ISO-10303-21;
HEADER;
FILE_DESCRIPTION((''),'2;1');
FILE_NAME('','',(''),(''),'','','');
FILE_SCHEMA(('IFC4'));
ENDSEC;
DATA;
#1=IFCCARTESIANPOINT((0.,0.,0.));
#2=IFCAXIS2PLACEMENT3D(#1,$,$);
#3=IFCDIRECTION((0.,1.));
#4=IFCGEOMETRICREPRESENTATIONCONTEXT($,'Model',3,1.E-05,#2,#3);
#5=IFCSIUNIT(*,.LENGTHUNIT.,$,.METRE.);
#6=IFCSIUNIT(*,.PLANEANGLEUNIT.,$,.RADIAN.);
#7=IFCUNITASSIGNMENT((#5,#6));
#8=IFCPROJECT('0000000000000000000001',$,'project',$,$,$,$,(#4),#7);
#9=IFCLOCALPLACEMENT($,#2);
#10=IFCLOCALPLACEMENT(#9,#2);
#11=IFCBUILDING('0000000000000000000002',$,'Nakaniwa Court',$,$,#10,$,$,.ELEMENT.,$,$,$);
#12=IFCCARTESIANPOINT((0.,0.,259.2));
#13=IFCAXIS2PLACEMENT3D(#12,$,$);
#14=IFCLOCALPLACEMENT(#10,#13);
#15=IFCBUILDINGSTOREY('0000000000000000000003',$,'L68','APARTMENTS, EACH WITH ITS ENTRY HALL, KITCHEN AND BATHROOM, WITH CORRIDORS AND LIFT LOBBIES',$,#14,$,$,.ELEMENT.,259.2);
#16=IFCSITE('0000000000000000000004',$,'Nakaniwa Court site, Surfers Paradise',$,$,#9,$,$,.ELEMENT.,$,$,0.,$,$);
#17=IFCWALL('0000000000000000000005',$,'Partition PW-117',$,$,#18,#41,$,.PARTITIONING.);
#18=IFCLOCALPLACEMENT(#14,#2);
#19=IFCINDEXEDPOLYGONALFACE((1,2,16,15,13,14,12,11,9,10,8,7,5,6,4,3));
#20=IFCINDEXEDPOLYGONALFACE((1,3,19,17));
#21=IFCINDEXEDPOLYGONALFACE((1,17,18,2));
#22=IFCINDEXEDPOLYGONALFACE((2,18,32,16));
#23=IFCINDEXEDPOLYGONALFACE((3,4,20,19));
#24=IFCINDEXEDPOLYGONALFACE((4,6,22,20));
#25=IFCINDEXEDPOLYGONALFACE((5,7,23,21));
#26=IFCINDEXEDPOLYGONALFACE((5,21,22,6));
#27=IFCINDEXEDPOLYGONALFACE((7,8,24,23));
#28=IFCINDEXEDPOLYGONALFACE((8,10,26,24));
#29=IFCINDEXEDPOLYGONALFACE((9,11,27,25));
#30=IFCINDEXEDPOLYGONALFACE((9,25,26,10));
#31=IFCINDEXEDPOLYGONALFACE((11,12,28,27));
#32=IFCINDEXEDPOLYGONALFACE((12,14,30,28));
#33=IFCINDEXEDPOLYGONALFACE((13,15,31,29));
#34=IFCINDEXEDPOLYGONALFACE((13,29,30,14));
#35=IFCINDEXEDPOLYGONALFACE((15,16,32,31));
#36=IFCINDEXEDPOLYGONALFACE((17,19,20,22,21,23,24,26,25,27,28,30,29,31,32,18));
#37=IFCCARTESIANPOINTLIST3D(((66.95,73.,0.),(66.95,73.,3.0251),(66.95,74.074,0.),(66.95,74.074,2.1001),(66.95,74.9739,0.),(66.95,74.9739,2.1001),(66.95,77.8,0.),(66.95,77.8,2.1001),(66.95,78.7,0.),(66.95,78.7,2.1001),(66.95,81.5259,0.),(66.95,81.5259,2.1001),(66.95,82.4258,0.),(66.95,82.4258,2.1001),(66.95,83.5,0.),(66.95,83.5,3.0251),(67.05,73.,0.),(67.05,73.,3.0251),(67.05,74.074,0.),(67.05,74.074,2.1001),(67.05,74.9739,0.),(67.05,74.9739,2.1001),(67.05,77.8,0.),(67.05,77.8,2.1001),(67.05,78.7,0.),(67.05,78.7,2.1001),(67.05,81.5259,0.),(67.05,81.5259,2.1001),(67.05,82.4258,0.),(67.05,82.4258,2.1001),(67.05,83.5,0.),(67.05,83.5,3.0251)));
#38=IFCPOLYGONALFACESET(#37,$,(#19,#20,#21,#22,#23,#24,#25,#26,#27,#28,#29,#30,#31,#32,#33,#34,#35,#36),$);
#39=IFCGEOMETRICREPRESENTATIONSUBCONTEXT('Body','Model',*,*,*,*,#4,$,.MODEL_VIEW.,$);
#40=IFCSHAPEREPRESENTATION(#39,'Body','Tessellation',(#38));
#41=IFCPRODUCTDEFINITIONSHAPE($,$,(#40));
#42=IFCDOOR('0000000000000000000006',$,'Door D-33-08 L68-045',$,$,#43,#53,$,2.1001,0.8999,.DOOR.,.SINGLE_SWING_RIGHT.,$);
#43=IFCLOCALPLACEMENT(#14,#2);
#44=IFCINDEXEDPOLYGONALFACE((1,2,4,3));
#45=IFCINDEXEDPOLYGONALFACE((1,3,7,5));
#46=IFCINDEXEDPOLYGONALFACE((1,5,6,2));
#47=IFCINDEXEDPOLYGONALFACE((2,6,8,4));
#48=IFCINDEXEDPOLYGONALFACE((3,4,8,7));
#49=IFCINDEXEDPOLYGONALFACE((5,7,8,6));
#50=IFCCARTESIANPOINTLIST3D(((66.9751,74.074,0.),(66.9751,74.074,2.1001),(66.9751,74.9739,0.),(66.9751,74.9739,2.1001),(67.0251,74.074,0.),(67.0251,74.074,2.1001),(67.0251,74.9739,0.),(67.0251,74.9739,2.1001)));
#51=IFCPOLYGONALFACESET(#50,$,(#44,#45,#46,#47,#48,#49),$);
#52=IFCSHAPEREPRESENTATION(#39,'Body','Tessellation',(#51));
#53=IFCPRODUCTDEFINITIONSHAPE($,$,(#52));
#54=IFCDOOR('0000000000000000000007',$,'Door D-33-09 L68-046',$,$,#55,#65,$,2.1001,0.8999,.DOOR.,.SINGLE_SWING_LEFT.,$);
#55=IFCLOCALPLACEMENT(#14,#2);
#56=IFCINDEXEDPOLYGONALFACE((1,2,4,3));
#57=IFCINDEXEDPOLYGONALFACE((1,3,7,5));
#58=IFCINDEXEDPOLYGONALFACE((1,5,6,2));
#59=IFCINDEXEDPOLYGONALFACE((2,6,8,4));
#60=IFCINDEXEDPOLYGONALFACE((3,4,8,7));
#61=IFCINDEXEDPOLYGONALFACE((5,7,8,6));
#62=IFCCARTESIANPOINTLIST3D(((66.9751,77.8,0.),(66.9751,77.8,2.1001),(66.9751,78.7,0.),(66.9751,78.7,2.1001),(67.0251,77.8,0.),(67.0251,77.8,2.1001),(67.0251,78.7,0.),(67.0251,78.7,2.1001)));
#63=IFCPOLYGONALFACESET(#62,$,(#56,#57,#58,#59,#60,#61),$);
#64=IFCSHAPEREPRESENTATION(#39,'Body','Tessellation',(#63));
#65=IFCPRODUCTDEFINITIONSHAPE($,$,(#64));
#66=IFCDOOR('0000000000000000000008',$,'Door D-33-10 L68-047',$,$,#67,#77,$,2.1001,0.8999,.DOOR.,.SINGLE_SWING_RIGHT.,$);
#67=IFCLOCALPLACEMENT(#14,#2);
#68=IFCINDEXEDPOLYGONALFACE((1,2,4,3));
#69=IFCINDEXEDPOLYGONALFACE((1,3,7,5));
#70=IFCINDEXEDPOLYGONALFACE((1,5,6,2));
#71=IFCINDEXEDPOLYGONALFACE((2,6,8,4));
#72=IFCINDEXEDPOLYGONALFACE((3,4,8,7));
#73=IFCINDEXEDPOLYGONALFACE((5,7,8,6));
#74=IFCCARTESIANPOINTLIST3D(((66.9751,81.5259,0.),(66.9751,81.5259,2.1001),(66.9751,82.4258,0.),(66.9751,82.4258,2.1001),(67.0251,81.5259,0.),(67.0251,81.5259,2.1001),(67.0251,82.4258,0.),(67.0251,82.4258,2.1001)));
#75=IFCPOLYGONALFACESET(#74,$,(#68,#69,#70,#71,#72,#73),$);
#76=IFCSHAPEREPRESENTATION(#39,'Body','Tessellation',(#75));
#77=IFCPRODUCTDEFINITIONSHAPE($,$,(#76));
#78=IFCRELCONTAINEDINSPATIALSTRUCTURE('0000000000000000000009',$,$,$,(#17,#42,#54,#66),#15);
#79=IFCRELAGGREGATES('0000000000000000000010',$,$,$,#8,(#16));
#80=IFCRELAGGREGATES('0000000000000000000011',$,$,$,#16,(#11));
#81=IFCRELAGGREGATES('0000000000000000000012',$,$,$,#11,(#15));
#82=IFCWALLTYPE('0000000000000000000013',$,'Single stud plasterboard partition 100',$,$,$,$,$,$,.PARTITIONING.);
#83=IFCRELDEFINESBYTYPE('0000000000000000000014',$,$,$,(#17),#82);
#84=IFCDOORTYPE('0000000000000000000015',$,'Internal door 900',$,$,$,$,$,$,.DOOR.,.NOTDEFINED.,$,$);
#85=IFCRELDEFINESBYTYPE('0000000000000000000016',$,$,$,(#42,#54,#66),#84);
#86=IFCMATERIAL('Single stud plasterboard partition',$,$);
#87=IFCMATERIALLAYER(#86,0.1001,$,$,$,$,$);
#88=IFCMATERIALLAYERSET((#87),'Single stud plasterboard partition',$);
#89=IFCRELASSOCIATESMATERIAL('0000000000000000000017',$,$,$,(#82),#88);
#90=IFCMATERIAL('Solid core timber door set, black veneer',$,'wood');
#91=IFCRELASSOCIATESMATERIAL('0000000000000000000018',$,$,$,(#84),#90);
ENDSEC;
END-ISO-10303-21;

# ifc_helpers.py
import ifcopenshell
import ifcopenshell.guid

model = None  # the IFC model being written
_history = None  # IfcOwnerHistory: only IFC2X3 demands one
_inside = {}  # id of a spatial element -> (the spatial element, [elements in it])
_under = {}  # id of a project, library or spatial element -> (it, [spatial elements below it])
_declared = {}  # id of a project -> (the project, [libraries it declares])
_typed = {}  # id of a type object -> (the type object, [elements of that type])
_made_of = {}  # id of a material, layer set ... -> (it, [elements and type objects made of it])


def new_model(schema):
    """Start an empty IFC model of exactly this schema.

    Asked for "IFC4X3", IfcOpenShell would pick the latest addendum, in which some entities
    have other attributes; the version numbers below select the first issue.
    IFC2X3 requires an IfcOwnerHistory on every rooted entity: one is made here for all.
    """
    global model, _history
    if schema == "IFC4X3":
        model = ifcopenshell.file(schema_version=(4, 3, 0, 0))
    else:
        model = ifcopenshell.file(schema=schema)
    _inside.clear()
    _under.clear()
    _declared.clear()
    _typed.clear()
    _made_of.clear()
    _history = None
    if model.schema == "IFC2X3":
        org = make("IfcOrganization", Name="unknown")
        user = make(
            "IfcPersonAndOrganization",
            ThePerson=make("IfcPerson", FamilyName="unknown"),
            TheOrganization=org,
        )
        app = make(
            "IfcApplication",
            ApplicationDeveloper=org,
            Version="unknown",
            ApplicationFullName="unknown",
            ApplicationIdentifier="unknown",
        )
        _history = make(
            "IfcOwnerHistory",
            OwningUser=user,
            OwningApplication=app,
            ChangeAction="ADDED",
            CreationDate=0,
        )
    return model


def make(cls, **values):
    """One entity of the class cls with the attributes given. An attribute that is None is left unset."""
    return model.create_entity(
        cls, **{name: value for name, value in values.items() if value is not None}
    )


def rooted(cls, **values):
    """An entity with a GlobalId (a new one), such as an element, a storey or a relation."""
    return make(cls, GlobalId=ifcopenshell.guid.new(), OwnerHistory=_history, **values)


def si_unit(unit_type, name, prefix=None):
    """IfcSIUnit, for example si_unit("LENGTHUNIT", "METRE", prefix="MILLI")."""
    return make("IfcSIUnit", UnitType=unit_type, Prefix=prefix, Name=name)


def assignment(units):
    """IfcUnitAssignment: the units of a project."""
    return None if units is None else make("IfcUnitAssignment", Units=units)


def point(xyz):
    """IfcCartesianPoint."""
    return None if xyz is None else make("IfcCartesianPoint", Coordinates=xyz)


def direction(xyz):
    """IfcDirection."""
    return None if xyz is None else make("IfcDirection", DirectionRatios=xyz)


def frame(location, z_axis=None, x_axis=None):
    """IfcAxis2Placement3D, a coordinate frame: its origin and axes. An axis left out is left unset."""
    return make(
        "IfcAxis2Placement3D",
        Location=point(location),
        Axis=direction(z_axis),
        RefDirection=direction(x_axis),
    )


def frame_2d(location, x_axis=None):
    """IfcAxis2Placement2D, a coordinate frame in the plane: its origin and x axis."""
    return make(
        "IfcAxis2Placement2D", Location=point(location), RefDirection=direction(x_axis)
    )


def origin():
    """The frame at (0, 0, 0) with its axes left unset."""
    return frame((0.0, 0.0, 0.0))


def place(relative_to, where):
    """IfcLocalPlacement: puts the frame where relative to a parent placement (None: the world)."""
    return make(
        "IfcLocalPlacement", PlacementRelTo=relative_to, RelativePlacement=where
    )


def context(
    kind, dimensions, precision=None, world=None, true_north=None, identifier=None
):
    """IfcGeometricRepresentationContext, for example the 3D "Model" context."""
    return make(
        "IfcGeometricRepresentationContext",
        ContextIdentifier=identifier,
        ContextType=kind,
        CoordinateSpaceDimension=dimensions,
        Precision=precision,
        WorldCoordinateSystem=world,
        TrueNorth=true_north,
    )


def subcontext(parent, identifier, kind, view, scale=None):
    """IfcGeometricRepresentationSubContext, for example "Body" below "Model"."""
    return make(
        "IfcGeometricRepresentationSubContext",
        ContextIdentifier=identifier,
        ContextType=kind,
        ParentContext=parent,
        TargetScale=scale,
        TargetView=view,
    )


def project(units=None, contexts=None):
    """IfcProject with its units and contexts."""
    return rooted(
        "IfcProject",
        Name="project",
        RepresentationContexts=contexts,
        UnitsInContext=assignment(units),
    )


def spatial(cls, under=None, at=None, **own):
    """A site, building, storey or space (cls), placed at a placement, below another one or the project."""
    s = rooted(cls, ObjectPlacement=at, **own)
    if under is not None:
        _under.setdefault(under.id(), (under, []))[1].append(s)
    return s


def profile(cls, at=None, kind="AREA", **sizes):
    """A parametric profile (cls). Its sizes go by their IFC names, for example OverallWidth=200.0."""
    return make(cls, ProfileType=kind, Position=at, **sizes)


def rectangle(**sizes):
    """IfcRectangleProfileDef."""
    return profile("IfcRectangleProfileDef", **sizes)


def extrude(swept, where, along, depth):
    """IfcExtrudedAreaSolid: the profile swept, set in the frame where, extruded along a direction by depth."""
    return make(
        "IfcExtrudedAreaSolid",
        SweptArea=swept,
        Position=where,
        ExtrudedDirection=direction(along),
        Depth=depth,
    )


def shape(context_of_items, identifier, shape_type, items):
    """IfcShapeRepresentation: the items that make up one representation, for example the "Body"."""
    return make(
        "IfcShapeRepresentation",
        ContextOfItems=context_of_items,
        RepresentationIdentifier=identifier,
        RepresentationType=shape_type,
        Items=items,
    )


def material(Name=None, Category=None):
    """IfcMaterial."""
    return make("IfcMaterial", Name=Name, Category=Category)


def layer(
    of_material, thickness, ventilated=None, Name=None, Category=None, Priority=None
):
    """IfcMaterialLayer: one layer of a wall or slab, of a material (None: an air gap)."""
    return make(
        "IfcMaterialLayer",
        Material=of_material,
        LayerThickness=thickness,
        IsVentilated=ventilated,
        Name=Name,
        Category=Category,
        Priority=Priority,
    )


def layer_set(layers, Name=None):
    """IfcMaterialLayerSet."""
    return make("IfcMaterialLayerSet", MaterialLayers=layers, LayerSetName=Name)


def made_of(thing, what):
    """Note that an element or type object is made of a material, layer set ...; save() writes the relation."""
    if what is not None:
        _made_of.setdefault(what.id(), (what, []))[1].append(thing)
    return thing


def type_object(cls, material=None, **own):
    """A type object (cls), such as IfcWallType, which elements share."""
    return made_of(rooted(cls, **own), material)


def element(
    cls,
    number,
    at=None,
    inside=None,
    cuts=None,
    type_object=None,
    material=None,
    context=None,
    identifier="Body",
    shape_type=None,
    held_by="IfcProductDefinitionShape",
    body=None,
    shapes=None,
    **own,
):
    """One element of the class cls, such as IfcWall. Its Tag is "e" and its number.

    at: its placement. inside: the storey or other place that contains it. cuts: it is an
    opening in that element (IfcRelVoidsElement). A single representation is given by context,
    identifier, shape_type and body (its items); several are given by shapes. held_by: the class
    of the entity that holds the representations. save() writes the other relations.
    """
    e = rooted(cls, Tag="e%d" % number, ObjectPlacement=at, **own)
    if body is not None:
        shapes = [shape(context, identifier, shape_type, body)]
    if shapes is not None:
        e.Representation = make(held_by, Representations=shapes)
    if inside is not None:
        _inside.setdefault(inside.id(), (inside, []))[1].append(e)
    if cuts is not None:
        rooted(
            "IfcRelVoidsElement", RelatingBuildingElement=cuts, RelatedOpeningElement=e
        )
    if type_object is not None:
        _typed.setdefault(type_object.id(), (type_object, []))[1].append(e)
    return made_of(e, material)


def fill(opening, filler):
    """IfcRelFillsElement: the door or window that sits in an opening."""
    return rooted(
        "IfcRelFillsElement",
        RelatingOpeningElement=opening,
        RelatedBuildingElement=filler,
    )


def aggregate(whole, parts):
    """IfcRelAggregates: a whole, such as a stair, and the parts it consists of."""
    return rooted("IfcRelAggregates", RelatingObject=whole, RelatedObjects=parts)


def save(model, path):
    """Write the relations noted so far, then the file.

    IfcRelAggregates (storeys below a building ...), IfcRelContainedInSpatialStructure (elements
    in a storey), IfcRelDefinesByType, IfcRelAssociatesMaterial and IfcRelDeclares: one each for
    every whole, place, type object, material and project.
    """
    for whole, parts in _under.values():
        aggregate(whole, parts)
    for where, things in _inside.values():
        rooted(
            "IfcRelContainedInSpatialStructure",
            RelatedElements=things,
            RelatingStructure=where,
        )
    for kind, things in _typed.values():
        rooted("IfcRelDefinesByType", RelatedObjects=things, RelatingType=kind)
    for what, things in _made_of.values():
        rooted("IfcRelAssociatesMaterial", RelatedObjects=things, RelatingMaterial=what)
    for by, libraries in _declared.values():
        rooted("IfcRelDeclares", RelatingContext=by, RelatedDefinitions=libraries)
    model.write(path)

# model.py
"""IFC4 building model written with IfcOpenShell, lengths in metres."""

from ifc_helpers import new_model, si_unit, direction, frame, frame_2d, origin, place, context, subcontext, project, spatial, rectangle, extrude, material, layer, layer_set, type_object, element, fill, save


model = new_model("IFC4")

# Units and contexts
model_context = context("Model", 3, precision=1e-05, world=origin(), true_north=direction((0.0, 1.0)))
body_context = subcontext(model_context, "Body", "Model", "MODEL_VIEW")
ifc_project = project(units=[si_unit("LENGTHUNIT", "METRE"), si_unit("PLANEANGLEUNIT", "RADIAN")], contexts=[model_context])

# Site, building, storey
site_placement = place(None, origin())
site = spatial("IfcSite", under=ifc_project, at=site_placement, Name="Nakaniwa Court site, Surfers Paradise", CompositionType="ELEMENT", RefElevation=0.0)
building_placement = place(site_placement, origin())
building = spatial("IfcBuilding", under=site, at=building_placement, Name="Nakaniwa Court", CompositionType="ELEMENT")
storey_placement = place(building_placement, frame((0.0, 0.0, 259.2)))
storey = spatial("IfcBuildingStorey", under=building, at=storey_placement, Name="L68", Description="APARTMENTS, EACH WITH ITS ENTRY HALL, KITCHEN AND BATHROOM, WITH CORRIDORS AND LIFT LOBBIES", CompositionType="ELEMENT", Elevation=259.2)

# Shared definitions
ifc_material_1 = material(Name="Single stud plasterboard partition")
ifc_layer_1 = layer(ifc_material_1, 0.1001)
ifc_layer_set_1 = layer_set([ifc_layer_1], Name="Single stud plasterboard partition")
wall_type_1 = type_object("IfcWallType", Name="Single stud plasterboard partition 100", PredefinedType="PARTITIONING", material=ifc_layer_set_1)

# Wall, openings, doors
wall_1_placement = place(storey_placement, frame((67.0, 73.0, 0.0), z_axis=(0.0, 0.0, 1.0), x_axis=(0.0, 1.0, 0.0)))
wall_1 = element("IfcWall", 1, at=wall_1_placement, inside=storey, type_object=wall_type_1, Name="Partition PW-117", PredefinedType="PARTITIONING", context=body_context, shape_type="SweptSolid", body=[
    extrude(rectangle(XDim=10.5, YDim=0.1001, at=frame_2d((5.25, 0.0))), origin(), (0.0, 0.0, 1.0), 3.0251),
])
opening_1_placement = place(wall_1_placement, frame((1.074, 0.0, 0.0)))
opening_1 = element("IfcOpeningElement", 2, at=opening_1_placement, cuts=wall_1, PredefinedType="OPENING", context=body_context, shape_type="SweptSolid", body=[
    extrude(rectangle(XDim=0.8999, YDim=2.1001, at=frame_2d((0.45, 1.05))), frame((0.0, 0.0601, 0.0), z_axis=(0.0, -1.0, 0.0), x_axis=(1.0, 0.0, 0.0)), (0.0, 0.0, 1.0), 0.1201),
])
opening_2_placement = place(wall_1_placement, frame((4.8, 0.0, 0.0)))
opening_2 = element("IfcOpeningElement", 3, at=opening_2_placement, cuts=wall_1, PredefinedType="OPENING", context=body_context, shape_type="SweptSolid", body=[
    extrude(rectangle(XDim=0.8999, YDim=2.1001, at=frame_2d((0.45, 1.05))), frame((0.0, 0.0601, 0.0), z_axis=(0.0, -1.0, 0.0), x_axis=(1.0, 0.0, 0.0)), (0.0, 0.0, 1.0), 0.1201),
])
opening_3_placement = place(wall_1_placement, frame((8.5259, 0.0, 0.0)))
opening_3 = element("IfcOpeningElement", 4, at=opening_3_placement, cuts=wall_1, PredefinedType="OPENING", context=body_context, shape_type="SweptSolid", body=[
    extrude(rectangle(XDim=0.8999, YDim=2.1001, at=frame_2d((0.45, 1.05))), frame((0.0, 0.0601, 0.0), z_axis=(0.0, -1.0, 0.0), x_axis=(1.0, 0.0, 0.0)), (0.0, 0.0, 1.0), 0.1201),
])
ifc_material_2 = material(Name="Solid core timber door set, black veneer", Category="wood")
door_type = type_object("IfcDoorType", Name="Internal door 900", OperationType="NOTDEFINED", PredefinedType="DOOR", material=ifc_material_2)
door_1_placement = place(opening_1_placement, origin())
door_1 = element("IfcDoor", 5, at=door_1_placement, inside=storey, type_object=door_type, Name="Door D-33-08 L68-045", OperationType="SINGLE_SWING_RIGHT", OverallHeight=2.1001, OverallWidth=0.8999, PredefinedType="DOOR", context=body_context, shape_type="SweptSolid", body=[
    extrude(rectangle(XDim=0.8999, YDim=2.1001, at=frame_2d((0.45, 1.05))), frame((0.0, 0.0249, 0.0), z_axis=(0.0, -1.0, 0.0), x_axis=(1.0, 0.0, 0.0)), (0.0, 0.0, 1.0), 0.05),
])
fill(opening_1, door_1)
door_2_placement = place(opening_2_placement, origin())
door_2 = element("IfcDoor", 6, at=door_2_placement, inside=storey, type_object=door_type, Name="Door D-33-09 L68-046", OperationType="SINGLE_SWING_LEFT", OverallHeight=2.1001, OverallWidth=0.8999, PredefinedType="DOOR", context=body_context, shape_type="SweptSolid", body=[
    extrude(rectangle(XDim=0.8999, YDim=2.1001, at=frame_2d((0.45, 1.05))), frame((0.0, 0.0249, 0.0), z_axis=(0.0, -1.0, 0.0), x_axis=(1.0, 0.0, 0.0)), (0.0, 0.0, 1.0), 0.05),
])
fill(opening_2, door_2)
door_3_placement = place(opening_3_placement, origin())
door_3 = element("IfcDoor", 7, at=door_3_placement, inside=storey, type_object=door_type, Name="Door D-33-10 L68-047", OperationType="SINGLE_SWING_RIGHT", OverallHeight=2.1001, OverallWidth=0.8999, PredefinedType="DOOR", context=body_context, shape_type="SweptSolid", body=[
    extrude(rectangle(XDim=0.8999, YDim=2.1001, at=frame_2d((0.45, 1.05))), frame((0.0, 0.0249, 0.0), z_axis=(0.0, -1.0, 0.0), x_axis=(1.0, 0.0, 0.0)), (0.0, 0.0, 1.0), 0.05),
])
fill(opening_3, door_3)

save(model, "model.ifc")
